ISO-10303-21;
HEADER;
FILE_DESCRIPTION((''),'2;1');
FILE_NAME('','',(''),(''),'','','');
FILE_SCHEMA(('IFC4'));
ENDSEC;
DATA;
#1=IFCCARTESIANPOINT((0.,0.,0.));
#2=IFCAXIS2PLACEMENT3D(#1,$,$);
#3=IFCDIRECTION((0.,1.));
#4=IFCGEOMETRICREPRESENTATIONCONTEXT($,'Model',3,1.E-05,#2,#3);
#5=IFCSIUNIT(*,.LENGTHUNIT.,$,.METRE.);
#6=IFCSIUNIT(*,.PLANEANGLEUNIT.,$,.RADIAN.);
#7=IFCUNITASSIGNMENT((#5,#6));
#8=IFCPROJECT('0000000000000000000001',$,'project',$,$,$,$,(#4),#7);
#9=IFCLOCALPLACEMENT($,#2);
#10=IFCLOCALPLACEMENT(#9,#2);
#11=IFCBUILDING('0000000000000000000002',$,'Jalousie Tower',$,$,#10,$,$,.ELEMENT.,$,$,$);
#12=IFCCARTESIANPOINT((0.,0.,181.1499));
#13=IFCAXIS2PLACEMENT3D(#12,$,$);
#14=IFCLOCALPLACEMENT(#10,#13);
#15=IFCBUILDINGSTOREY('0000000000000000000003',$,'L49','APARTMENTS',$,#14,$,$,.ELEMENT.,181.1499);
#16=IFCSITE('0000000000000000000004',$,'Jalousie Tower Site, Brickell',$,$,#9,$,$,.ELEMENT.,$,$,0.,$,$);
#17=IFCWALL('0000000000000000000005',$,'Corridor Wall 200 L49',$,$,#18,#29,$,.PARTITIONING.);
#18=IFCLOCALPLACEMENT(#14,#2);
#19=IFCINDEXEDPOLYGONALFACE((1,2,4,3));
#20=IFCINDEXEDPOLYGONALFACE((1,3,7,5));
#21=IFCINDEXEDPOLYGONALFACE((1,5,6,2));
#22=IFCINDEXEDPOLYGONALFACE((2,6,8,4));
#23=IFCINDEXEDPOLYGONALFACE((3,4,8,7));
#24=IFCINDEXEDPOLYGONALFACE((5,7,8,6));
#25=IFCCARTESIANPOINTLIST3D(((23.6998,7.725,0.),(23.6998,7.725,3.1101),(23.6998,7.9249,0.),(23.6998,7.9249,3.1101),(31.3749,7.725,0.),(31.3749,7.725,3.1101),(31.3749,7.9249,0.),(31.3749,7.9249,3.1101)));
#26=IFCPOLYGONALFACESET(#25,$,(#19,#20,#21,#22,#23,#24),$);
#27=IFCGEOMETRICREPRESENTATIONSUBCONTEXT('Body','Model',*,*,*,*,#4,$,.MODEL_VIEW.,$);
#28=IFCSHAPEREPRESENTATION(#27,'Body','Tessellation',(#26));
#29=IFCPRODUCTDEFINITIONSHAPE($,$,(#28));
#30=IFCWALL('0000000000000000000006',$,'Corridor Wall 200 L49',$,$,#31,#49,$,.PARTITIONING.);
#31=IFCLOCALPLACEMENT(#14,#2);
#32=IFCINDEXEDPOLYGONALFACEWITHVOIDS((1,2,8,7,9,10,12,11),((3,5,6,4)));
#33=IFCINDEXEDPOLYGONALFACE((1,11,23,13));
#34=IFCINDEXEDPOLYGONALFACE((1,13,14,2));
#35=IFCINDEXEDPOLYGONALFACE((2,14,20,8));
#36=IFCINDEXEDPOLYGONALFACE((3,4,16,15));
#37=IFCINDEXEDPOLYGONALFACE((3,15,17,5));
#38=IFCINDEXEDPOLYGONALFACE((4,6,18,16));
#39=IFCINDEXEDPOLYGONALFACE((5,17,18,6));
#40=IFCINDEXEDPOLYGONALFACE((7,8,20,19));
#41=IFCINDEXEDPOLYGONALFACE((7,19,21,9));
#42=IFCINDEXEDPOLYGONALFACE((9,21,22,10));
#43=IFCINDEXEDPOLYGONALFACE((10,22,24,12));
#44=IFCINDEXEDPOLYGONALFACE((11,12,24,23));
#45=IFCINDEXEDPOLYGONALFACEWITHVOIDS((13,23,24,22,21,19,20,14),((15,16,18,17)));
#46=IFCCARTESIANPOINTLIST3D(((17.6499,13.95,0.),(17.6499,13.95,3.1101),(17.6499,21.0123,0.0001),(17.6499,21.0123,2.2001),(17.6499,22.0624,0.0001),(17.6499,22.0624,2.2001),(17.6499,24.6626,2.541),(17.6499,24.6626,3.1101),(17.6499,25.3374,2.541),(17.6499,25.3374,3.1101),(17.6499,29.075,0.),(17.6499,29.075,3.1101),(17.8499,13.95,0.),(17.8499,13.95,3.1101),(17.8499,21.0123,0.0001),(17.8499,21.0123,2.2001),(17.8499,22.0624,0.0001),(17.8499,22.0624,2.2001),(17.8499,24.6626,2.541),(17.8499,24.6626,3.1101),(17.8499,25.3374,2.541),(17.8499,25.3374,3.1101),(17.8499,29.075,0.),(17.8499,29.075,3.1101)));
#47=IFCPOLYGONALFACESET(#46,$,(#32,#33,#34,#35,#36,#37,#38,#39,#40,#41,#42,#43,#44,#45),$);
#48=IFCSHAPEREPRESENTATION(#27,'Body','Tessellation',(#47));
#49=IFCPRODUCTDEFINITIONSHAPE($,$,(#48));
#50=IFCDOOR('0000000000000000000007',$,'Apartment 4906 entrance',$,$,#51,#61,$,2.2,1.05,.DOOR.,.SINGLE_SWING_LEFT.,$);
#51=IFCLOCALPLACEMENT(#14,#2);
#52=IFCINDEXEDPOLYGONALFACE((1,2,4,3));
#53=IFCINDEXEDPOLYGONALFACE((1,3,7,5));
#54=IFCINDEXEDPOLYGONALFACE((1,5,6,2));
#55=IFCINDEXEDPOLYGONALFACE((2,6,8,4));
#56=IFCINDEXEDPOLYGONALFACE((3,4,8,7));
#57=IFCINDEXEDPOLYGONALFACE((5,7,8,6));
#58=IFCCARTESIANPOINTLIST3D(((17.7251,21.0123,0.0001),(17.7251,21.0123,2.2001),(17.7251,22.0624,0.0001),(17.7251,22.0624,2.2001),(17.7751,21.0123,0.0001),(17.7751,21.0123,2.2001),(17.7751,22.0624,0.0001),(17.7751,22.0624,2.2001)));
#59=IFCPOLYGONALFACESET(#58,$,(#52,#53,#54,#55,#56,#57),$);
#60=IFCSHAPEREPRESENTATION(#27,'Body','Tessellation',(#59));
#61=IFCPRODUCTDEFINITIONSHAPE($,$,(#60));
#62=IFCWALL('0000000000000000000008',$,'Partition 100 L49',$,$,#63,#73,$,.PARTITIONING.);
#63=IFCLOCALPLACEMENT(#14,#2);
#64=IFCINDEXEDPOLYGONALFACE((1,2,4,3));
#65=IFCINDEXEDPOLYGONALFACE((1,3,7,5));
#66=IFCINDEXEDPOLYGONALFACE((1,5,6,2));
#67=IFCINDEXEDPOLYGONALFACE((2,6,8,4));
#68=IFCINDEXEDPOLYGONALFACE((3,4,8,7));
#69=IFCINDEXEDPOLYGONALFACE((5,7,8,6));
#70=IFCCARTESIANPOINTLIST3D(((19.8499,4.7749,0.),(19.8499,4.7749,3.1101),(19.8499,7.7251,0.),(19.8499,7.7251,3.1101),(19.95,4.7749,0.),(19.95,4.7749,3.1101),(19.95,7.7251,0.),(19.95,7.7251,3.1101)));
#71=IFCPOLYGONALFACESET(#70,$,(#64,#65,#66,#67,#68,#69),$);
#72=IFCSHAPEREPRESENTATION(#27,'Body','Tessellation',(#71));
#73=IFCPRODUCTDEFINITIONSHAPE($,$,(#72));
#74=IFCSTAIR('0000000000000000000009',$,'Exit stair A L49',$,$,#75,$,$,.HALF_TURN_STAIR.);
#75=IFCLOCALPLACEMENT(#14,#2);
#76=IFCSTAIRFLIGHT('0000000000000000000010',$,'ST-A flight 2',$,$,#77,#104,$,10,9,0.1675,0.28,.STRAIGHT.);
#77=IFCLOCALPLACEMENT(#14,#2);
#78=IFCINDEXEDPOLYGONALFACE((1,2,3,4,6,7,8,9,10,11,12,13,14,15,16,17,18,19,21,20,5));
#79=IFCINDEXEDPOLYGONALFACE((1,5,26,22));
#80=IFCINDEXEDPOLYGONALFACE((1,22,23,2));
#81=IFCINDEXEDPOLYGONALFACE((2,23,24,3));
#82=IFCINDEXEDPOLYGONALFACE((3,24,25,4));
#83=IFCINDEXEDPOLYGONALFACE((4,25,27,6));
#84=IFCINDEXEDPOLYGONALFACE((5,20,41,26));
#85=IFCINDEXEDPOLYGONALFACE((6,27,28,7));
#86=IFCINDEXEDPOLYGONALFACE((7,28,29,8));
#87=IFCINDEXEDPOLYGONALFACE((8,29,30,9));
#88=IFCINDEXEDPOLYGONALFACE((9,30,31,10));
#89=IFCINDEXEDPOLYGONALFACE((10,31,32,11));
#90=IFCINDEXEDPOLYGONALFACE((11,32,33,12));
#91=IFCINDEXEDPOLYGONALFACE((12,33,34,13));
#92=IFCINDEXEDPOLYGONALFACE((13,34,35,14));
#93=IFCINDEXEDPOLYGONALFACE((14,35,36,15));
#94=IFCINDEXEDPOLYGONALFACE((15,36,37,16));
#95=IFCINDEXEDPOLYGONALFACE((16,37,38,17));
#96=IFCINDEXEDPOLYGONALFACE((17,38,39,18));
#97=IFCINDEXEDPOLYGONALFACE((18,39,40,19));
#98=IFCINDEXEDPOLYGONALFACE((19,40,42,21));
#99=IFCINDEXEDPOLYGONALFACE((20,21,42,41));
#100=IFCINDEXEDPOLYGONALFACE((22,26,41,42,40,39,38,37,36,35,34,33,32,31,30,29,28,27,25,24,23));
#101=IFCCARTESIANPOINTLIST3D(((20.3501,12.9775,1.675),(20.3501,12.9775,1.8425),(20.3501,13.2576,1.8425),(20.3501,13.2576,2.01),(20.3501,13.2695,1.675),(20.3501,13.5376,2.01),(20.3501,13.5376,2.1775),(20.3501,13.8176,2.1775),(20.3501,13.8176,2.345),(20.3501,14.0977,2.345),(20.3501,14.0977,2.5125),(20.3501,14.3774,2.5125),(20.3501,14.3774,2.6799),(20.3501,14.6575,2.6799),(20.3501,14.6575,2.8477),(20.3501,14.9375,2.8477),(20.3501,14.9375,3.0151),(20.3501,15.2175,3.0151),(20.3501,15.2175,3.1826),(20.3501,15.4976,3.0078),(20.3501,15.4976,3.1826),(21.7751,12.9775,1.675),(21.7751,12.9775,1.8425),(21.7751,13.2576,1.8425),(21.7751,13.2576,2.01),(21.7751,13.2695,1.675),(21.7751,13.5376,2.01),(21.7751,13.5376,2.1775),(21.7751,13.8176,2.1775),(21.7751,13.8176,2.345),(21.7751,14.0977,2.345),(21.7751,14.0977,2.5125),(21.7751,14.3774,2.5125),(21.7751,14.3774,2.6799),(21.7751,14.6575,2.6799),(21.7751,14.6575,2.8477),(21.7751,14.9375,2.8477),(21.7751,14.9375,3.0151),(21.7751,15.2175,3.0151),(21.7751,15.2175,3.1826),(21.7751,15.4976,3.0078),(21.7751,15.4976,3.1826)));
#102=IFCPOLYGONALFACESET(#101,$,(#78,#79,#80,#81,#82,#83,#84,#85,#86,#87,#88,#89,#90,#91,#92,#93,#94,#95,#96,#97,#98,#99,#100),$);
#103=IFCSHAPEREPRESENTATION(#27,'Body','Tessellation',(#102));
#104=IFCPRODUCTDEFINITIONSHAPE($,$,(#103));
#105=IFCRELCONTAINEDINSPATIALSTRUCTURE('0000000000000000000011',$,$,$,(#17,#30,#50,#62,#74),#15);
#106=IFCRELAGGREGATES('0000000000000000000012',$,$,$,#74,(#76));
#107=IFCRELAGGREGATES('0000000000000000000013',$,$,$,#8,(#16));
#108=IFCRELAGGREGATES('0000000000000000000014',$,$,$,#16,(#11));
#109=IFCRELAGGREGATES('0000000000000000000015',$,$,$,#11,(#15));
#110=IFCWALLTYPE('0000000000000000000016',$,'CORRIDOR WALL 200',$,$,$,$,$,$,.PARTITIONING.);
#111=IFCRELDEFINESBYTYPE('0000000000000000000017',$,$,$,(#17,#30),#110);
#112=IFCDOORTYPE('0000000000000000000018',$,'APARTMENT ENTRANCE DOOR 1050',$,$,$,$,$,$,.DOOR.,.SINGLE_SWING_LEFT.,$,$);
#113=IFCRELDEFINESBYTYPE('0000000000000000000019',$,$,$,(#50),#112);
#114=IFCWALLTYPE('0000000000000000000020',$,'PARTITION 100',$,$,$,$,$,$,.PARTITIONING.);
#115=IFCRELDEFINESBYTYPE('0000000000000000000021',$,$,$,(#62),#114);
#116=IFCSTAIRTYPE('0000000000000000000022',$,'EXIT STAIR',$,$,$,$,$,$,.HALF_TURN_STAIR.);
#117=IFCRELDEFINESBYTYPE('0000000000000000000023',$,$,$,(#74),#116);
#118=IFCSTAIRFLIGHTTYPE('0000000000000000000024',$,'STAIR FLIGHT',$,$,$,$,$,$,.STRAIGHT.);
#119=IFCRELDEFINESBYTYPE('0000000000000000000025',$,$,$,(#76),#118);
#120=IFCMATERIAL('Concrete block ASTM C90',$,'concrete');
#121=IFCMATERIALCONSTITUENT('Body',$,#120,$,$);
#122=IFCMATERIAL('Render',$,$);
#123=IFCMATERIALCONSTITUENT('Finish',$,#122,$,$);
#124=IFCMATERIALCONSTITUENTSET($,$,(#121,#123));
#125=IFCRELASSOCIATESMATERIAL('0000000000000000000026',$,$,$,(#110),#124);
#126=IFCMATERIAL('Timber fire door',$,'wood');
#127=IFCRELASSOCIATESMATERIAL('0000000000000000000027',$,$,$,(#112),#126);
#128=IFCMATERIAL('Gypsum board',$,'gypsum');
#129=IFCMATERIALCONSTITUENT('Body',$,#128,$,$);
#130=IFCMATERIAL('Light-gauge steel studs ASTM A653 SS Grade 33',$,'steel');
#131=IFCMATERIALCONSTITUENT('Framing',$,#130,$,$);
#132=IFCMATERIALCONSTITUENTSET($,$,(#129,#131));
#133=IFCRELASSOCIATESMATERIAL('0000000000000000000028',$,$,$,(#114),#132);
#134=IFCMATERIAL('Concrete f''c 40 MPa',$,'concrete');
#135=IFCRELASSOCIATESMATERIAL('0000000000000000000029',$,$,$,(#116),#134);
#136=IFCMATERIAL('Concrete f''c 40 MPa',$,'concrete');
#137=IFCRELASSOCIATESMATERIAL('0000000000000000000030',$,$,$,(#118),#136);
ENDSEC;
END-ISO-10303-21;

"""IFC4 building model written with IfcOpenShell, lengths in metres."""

from ifc_helpers import new_model, si_unit, direction, frame, frame_2d, origin, place, context, subcontext, project, spatial, polyline, rectangle, outline, extrude, material, constituent, constituent_set, type_object, element, fill, aggregate, save


model = new_model("IFC4")

# Units and contexts
model_context = context("Model", 3, precision=1e-05, world=origin(), true_north=direction((0.0, 1.0)))
body_context = subcontext(model_context, "Body", "Model", "MODEL_VIEW")
ifc_project = project(units=[si_unit("LENGTHUNIT", "METRE"), si_unit("PLANEANGLEUNIT", "RADIAN")], contexts=[model_context])

# Site, building, storey
site_placement = place(None, origin())
site = spatial("IfcSite", under=ifc_project, at=site_placement, Name="Jalousie Tower Site, Brickell", CompositionType="ELEMENT", RefElevation=0.0)
building_placement = place(site_placement, origin())
building = spatial("IfcBuilding", under=site, at=building_placement, Name="Jalousie Tower", CompositionType="ELEMENT")
storey_placement = place(building_placement, frame((0.0, 0.0, 181.1499)))
storey = spatial("IfcBuildingStorey", under=building, at=storey_placement, Name="L49", Description="APARTMENTS", CompositionType="ELEMENT", Elevation=181.1499)

# Shared definitions
ifc_material_1 = material(Name="Concrete block ASTM C90", Category="concrete")
ifc_constituent_1 = constituent(ifc_material_1, Name="Body")
ifc_material_2 = material(Name="Render")
ifc_constituent_2 = constituent(ifc_material_2, Name="Finish")
ifc_constituent_set_1 = constituent_set(constituents=[ifc_constituent_1, ifc_constituent_2])
wall_type_1 = type_object("IfcWallType", Name="CORRIDOR WALL 200", PredefinedType="PARTITIONING", material=ifc_constituent_set_1)
ifc_material_3 = material(Name="Timber fire door", Category="wood")
door_type_1 = type_object("IfcDoorType", Name="APARTMENT ENTRANCE DOOR 1050", OperationType="SINGLE_SWING_LEFT", PredefinedType="DOOR", material=ifc_material_3)

# Wall
wall_1_placement = place(storey_placement, frame((23.7, 7.825, 0.0), z_axis=(0.0, 0.0, 1.0), x_axis=(1.0, 0.0, 0.0)))
element("IfcWall", 1, at=wall_1_placement, inside=storey, type_object=wall_type_1, Name="Corridor Wall 200 L49", PredefinedType="PARTITIONING", context=body_context, shape_type="SweptSolid", body=[
    extrude(rectangle(XDim=7.675, YDim=0.2, at=frame_2d((3.8374, 0.0))), origin(), (0.0, 0.0, 1.0), 3.1101),
])

# Wall, opening, door
wall_2_placement = place(storey_placement, frame((17.75, 13.95, 0.0), z_axis=(0.0, 0.0, 1.0), x_axis=(0.0, 1.0, 0.0)))
wall_2 = element("IfcWall", 2, at=wall_2_placement, inside=storey, type_object=wall_type_1, Name="Corridor Wall 200 L49", PredefinedType="PARTITIONING", context=body_context, shape_type="SweptSolid", body=[
    extrude(outline(polyline([(0.0, 0.0), (15.125, 0.0), (15.125, 3.1101), (11.3875, 3.1101), (11.3875, 2.541), (10.7126, 2.541), (10.7126, 3.1101), (0.0, 3.1101), (0.0, 0.0)])), frame((0.0, 0.1001, 0.0), z_axis=(0.0, -1.0, 0.0), x_axis=(1.0, 0.0, 0.0)), (0.0, 0.0, 1.0), 0.2),
])
opening_1_placement = place(wall_2_placement, frame((7.0625, 0.0, 0.0)))
opening_1 = element("IfcOpeningElement", 3, at=opening_1_placement, cuts=wall_2, PredefinedType="OPENING", context=body_context, shape_type="SweptSolid", body=[
    extrude(rectangle(XDim=1.05, YDim=2.2, at=frame_2d((0.5249, 1.1001))), frame((0.0, 0.1099, 0.0), z_axis=(0.0, -1.0, 0.0), x_axis=(1.0, 0.0, 0.0)), (0.0, 0.0, 1.0), 0.22),
])
door_1_placement = place(opening_1_placement, origin())
door_1 = element("IfcDoor", 4, at=door_1_placement, inside=storey, type_object=door_type_1, Name="Apartment 4906 entrance", OperationType="SINGLE_SWING_LEFT", OverallHeight=2.2, OverallWidth=1.05, PredefinedType="DOOR", context=body_context, shape_type="SweptSolid", body=[
    extrude(rectangle(XDim=1.05, YDim=2.2, at=frame_2d((0.5249, 1.1001))), frame((0.0, 0.0249, 0.0), z_axis=(0.0, -1.0, 0.0), x_axis=(1.0, 0.0, 0.0)), (0.0, 0.0, 1.0), 0.05),
])
fill(opening_1, door_1)

# Wall
ifc_material_4 = material(Name="Gypsum board", Category="gypsum")
ifc_constituent_3 = constituent(ifc_material_4, Name="Body")
ifc_material_5 = material(Name="Light-gauge steel studs ASTM A653 SS Grade 33", Category="steel")
ifc_constituent_4 = constituent(ifc_material_5, Name="Framing")
ifc_constituent_set_2 = constituent_set(constituents=[ifc_constituent_3, ifc_constituent_4])
wall_type_2 = type_object("IfcWallType", Name="PARTITION 100", PredefinedType="PARTITIONING", material=ifc_constituent_set_2)
wall_3_placement = place(storey_placement, frame((19.8999, 4.7749, 0.0), z_axis=(0.0, 0.0, 1.0), x_axis=(0.0, 1.0, 0.0)))
element("IfcWall", 5, at=wall_3_placement, inside=storey, type_object=wall_type_2, Name="Partition 100 L49", PredefinedType="PARTITIONING", context=body_context, shape_type="SweptSolid", body=[
    extrude(rectangle(XDim=2.9502, YDim=0.1001, at=frame_2d((1.4751, 0.0))), origin(), (0.0, 0.0, 1.0), 3.1101),
])

# Stair, stair flight
ifc_material_6 = material(Name="Concrete f'c 40 MPa", Category="concrete")
stair_type = type_object("IfcStairType", Name="EXIT STAIR", PredefinedType="HALF_TURN_STAIR", material=ifc_material_6)
stair_placement = place(storey_placement, origin())
stair = element("IfcStair", 6, at=stair_placement, inside=storey, type_object=stair_type, Name="Exit stair A L49", PredefinedType="HALF_TURN_STAIR")
ifc_material_7 = material(Name="Concrete f'c 40 MPa", Category="concrete")
stair_flight_type = type_object("IfcStairFlightType", Name="STAIR FLIGHT", PredefinedType="STRAIGHT", material=ifc_material_7)
stair_flight_placement = place(storey_placement, frame((21.0625, 12.9775, 1.675), z_axis=(0.0, 0.0, 1.0), x_axis=(0.0, 1.0, 0.0)))
stair_flight = element("IfcStairFlight", 7, at=stair_flight_placement, type_object=stair_flight_type, Name="ST-A flight 2", NumberOfRisers=10, NumberOfTreads=9, PredefinedType="STRAIGHT", RiserHeight=0.1675, TreadLength=0.28, context=body_context, shape_type="SweptSolid", body=[
    extrude(outline(polyline([(0.0, 0.0), (0.0, 0.1675), (0.28, 0.1675), (0.28, 0.335), (0.5601, 0.335), (0.5601, 0.5024), (0.8401, 0.5024), (0.8401, 0.6699), (1.1201, 0.6699), (1.1201, 0.8374), (1.3999, 0.8374), (1.3999, 1.0049), (1.6799, 1.0049), (1.6799, 1.1726), (1.96, 1.1726), (1.96, 1.3401), (2.24, 1.3401), (2.24, 1.5076), (2.52, 1.5076), (2.52, 1.675), (2.52, 1.3328), (0.292, 0.0), (0.0, 0.0)])), frame((0.0, 0.7124, 0.0), z_axis=(0.0, -1.0, 0.0), x_axis=(1.0, 0.0, 0.0)), (0.0, 0.0, 1.0), 1.425),
])
aggregate(stair, [stair_flight])

save(model, "model.ifc")
